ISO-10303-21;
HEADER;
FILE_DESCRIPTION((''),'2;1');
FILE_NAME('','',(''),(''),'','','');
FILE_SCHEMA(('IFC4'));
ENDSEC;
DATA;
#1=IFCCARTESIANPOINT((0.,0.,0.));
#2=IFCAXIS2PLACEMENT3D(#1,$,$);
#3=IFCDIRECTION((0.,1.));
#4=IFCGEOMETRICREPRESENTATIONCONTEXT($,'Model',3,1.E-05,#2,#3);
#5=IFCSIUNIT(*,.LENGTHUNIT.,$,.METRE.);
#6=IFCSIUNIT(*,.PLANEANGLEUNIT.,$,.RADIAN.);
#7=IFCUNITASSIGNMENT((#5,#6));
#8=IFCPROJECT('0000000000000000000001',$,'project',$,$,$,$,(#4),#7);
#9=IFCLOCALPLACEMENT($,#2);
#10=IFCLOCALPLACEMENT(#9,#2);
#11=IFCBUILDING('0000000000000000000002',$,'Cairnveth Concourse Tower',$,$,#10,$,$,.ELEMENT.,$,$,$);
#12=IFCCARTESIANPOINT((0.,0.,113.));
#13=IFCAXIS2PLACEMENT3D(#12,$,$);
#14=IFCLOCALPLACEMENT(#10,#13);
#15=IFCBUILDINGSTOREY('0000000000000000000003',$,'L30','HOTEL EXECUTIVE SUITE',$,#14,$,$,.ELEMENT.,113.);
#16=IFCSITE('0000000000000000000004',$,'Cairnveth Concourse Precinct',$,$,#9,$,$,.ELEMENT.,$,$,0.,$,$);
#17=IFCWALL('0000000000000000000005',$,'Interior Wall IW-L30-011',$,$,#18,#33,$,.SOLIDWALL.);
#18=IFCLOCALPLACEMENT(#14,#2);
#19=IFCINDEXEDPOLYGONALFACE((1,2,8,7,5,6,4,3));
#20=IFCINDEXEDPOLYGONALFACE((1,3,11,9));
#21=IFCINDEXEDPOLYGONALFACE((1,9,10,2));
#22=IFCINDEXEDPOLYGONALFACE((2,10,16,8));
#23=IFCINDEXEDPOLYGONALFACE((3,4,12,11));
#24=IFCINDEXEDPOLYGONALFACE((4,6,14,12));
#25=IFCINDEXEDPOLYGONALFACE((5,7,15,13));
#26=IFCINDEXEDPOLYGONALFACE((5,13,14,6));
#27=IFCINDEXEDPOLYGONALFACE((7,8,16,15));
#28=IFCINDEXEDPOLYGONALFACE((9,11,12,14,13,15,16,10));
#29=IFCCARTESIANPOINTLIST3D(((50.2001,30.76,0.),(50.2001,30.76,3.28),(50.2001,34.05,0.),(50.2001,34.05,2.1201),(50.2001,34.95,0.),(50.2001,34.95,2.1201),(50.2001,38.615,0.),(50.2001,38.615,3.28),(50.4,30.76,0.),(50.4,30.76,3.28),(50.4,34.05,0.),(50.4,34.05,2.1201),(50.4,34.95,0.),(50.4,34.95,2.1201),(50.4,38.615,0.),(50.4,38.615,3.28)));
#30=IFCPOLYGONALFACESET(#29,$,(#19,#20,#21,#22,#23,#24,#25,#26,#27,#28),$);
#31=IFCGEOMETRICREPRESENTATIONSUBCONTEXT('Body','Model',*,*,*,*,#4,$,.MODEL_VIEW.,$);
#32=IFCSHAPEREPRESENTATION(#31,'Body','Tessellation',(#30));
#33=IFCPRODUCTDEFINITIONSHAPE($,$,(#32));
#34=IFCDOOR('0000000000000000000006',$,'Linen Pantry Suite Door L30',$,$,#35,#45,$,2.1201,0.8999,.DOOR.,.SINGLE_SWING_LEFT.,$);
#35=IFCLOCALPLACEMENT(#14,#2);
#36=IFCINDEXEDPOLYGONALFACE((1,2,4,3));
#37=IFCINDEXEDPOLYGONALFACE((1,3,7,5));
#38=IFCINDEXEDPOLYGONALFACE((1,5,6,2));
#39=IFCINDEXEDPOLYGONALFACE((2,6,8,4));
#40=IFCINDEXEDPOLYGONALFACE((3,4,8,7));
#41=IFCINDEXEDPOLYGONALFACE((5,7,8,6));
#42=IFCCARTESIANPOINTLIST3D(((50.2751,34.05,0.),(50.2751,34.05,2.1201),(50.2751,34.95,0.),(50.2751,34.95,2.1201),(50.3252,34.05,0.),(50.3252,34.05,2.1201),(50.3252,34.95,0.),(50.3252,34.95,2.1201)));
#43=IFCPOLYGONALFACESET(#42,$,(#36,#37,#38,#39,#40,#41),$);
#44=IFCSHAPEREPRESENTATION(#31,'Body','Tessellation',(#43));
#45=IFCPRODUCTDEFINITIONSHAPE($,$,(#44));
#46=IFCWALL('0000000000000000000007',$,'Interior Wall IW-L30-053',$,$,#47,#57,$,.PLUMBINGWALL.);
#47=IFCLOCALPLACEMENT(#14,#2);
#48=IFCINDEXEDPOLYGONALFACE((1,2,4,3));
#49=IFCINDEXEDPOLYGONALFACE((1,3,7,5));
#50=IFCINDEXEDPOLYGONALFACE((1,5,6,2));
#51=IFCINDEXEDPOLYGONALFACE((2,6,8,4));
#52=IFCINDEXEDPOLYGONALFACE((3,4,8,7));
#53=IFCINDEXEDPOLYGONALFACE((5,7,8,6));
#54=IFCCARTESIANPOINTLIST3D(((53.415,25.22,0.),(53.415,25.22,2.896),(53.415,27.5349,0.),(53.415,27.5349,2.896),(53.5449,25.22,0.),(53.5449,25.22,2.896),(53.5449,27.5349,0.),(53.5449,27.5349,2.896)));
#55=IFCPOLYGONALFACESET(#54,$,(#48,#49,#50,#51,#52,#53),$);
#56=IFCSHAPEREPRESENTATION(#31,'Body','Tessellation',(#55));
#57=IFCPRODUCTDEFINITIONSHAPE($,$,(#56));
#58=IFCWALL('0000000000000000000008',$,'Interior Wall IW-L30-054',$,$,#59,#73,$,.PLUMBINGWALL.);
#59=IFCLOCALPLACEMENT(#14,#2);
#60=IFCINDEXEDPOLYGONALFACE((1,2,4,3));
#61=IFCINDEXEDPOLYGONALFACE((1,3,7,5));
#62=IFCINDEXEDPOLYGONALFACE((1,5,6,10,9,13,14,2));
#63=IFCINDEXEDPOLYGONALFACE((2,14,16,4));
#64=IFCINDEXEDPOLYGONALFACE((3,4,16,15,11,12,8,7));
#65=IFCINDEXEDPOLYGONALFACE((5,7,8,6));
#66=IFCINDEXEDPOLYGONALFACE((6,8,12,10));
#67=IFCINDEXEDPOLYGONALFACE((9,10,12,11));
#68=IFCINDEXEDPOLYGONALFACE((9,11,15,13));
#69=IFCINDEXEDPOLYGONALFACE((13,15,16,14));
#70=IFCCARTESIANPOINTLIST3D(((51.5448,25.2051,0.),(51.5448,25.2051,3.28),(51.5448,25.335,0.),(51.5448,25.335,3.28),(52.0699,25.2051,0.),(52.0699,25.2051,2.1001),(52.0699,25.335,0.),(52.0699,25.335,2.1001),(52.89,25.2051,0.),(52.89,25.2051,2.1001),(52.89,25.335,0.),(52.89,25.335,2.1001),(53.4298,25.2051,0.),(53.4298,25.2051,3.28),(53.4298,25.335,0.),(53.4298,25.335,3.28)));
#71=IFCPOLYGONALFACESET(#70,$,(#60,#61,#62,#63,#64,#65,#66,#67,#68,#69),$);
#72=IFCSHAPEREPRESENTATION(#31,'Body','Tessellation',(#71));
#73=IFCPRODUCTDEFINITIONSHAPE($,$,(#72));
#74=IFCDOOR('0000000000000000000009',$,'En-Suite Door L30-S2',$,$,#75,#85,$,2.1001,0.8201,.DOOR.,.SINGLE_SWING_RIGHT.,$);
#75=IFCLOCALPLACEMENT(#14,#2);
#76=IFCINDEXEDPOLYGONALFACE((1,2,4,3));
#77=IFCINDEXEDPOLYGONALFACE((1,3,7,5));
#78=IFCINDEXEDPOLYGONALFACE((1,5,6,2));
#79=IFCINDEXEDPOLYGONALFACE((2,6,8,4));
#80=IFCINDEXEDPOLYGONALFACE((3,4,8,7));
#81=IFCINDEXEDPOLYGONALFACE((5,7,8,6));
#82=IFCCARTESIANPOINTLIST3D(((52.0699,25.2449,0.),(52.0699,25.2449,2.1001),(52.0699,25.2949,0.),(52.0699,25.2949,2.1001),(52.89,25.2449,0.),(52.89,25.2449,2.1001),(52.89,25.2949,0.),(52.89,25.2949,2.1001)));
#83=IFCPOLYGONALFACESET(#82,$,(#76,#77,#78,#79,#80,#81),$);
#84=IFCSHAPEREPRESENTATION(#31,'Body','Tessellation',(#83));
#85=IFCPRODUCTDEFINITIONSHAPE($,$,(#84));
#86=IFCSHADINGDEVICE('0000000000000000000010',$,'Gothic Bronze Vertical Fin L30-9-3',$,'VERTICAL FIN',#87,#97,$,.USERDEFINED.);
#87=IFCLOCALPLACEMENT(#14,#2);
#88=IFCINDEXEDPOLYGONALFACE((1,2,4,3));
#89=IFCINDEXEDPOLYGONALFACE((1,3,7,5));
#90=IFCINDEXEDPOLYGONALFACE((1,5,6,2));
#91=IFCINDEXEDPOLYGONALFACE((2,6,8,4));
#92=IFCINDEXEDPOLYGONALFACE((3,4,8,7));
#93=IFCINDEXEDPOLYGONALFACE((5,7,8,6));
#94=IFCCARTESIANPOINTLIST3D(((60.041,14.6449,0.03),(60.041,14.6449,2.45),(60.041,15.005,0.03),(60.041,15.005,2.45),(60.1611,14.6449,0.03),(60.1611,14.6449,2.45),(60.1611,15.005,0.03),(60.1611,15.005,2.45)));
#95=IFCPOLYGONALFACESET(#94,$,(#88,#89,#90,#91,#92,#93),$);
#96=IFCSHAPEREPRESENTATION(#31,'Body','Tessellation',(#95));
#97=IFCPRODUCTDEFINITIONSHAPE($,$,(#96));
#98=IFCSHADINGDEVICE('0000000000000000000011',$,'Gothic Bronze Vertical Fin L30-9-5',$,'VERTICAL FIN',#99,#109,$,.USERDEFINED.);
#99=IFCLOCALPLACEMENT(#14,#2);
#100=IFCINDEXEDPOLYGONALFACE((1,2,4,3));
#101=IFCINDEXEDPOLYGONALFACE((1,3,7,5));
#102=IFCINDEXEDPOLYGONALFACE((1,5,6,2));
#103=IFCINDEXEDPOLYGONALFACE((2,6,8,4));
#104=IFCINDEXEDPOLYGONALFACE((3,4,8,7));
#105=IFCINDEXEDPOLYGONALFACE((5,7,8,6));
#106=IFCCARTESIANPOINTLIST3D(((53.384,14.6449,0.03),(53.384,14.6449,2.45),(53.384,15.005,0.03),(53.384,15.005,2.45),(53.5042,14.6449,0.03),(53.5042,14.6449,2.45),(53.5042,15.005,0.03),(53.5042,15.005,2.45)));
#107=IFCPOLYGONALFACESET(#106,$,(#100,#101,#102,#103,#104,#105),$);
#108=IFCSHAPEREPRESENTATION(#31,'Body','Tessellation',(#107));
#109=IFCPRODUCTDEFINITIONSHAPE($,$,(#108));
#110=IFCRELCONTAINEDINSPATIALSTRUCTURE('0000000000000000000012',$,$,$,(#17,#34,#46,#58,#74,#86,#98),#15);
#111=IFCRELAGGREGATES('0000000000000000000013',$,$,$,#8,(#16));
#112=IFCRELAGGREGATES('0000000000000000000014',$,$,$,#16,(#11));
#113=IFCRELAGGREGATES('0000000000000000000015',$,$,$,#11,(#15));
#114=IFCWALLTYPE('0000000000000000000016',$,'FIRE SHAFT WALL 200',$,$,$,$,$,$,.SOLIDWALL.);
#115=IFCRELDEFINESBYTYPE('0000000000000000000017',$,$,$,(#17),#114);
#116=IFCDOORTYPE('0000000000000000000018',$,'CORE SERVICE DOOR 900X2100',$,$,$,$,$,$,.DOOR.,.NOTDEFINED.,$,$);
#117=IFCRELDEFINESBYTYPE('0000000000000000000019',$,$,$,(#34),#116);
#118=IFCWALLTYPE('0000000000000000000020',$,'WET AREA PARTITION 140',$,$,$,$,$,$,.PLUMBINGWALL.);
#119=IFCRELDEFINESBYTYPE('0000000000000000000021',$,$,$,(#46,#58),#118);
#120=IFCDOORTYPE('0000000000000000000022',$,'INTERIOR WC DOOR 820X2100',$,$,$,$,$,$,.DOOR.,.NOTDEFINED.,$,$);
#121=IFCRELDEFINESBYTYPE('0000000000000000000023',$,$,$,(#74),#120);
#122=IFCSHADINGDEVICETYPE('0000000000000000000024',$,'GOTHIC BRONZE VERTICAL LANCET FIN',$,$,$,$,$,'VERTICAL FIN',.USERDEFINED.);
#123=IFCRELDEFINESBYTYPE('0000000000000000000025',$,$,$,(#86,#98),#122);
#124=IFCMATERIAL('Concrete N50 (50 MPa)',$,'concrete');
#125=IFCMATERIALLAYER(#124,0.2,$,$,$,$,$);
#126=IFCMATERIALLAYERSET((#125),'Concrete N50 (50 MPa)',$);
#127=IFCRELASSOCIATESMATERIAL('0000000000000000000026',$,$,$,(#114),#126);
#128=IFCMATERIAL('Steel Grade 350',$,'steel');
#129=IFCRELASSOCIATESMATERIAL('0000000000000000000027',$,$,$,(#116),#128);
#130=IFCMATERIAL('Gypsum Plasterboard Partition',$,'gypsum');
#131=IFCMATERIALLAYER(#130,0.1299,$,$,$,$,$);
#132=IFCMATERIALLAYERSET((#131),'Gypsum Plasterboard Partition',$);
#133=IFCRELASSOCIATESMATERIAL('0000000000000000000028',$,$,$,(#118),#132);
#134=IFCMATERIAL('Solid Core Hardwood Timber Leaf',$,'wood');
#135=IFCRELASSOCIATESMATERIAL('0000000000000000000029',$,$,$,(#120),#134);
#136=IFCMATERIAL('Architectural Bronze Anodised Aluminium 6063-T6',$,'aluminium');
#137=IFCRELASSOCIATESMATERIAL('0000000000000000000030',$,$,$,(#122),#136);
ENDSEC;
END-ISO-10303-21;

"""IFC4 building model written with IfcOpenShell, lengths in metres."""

from ifc_helpers import new_model, si_unit, direction, frame, frame_2d, origin, origin_2d, place, context, subcontext, project, spatial, rectangle, extrude, material, layer, layer_set, type_object, element, fill, save


model = new_model("IFC4")

# Units and contexts
model_context = context("Model", 3, precision=1e-05, world=origin(), true_north=direction((0.0, 1.0)))
body_context = subcontext(model_context, "Body", "Model", "MODEL_VIEW")
ifc_project = project(units=[si_unit("LENGTHUNIT", "METRE"), si_unit("PLANEANGLEUNIT", "RADIAN")], contexts=[model_context])

# Site, building, storey
site_placement = place(None, origin())
site = spatial("IfcSite", under=ifc_project, at=site_placement, Name="Cairnveth Concourse Precinct", CompositionType="ELEMENT", RefElevation=0.0)
building_placement = place(site_placement, origin())
building = spatial("IfcBuilding", under=site, at=building_placement, Name="Cairnveth Concourse Tower", CompositionType="ELEMENT")
storey_placement = place(building_placement, frame((0.0, 0.0, 113.0)))
storey = spatial("IfcBuildingStorey", under=building, at=storey_placement, Name="L30", Description="HOTEL EXECUTIVE SUITE", CompositionType="ELEMENT", Elevation=113.0)

# Shared definitions
ifc_material_1 = material(Name="Steel Grade 350", Category="steel")

# Shared definitions
ifc_material_2 = material(Name="Gypsum Plasterboard Partition", Category="gypsum")

# Wall, opening, door
ifc_material_3 = material(Name="Concrete N50 (50 MPa)", Category="concrete")
ifc_layer_1 = layer(ifc_material_3, 0.2)
ifc_layer_set_1 = layer_set([ifc_layer_1], Name="Concrete N50 (50 MPa)")
wall_type_1 = type_object("IfcWallType", Name="FIRE SHAFT WALL 200", PredefinedType="SOLIDWALL", material=ifc_layer_set_1)
wall_1_placement = place(storey_placement, frame((50.3, 30.76, 0.0), z_axis=(0.0, 0.0, 1.0), x_axis=(0.0, 1.0, 0.0)))
wall_1 = element("IfcWall", 1, at=wall_1_placement, inside=storey, type_object=wall_type_1, Name="Interior Wall IW-L30-011", PredefinedType="SOLIDWALL", context=body_context, shape_type="SweptSolid", body=[
    extrude(rectangle(XDim=7.855, YDim=0.2, at=frame_2d((3.9275, 0.0))), origin(), (0.0, 0.0, 1.0), 3.28),
])
opening_1_placement = place(wall_1_placement, frame((3.29, 0.0, 0.0)))
opening_1 = element("IfcOpeningElement", 2, at=opening_1_placement, cuts=wall_1, PredefinedType="OPENING", context=body_context, shape_type="SweptSolid", body=[
    extrude(rectangle(XDim=0.8999, YDim=2.1201, at=frame_2d((0.45, 1.0601))), frame((0.0, 0.1099, 0.0), z_axis=(0.0, -1.0, 0.0), x_axis=(1.0, 0.0, 0.0)), (0.0, 0.0, 1.0), 0.22),
])
door_type_1 = type_object("IfcDoorType", Name="CORE SERVICE DOOR 900X2100", OperationType="NOTDEFINED", PredefinedType="DOOR", material=ifc_material_1)
door_1_placement = place(opening_1_placement, origin())
door_1 = element("IfcDoor", 3, at=door_1_placement, inside=storey, type_object=door_type_1, Name="Linen Pantry Suite Door L30", OperationType="SINGLE_SWING_LEFT", OverallHeight=2.1201, OverallWidth=0.8999, PredefinedType="DOOR", context=body_context, shape_type="SweptSolid", body=[
    extrude(rectangle(XDim=0.8999, YDim=2.1201, at=frame_2d((0.45, 1.0601))), frame((0.0, 0.0249, 0.0), z_axis=(0.0, -1.0, 0.0), x_axis=(1.0, 0.0, 0.0)), (0.0, 0.0, 1.0), 0.05),
])
fill(opening_1, door_1)

# Wall
ifc_layer_2 = layer(ifc_material_2, 0.1299)
ifc_layer_set_2 = layer_set([ifc_layer_2], Name="Gypsum Plasterboard Partition")
wall_type_2 = type_object("IfcWallType", Name="WET AREA PARTITION 140", PredefinedType="PLUMBINGWALL", material=ifc_layer_set_2)
wall_2_placement = place(storey_placement, frame((53.48, 25.22, 0.0), z_axis=(0.0, 0.0, 1.0), x_axis=(0.0, 1.0, 0.0)))
element("IfcWall", 4, at=wall_2_placement, inside=storey, type_object=wall_type_2, Name="Interior Wall IW-L30-053", PredefinedType="PLUMBINGWALL", context=body_context, shape_type="SweptSolid", body=[
    extrude(rectangle(XDim=2.3149, YDim=0.1299, at=frame_2d((1.1575, 0.0))), origin(), (0.0, 0.0, 1.0), 2.896),
])

# Wall, opening, door
wall_3_placement = place(storey_placement, frame((51.5449, 25.27, 0.0), z_axis=(0.0, 0.0, 1.0), x_axis=(1.0, 0.0, 0.0)))
wall_3 = element("IfcWall", 5, at=wall_3_placement, inside=storey, type_object=wall_type_2, Name="Interior Wall IW-L30-054", PredefinedType="PLUMBINGWALL", context=body_context, shape_type="SweptSolid", body=[
    extrude(rectangle(XDim=1.885, YDim=0.1299, at=frame_2d((0.9424, 0.0))), origin(), (0.0, 0.0, 1.0), 3.28),
])
opening_2_placement = place(wall_3_placement, frame((0.5249, 0.0, 0.0)))
opening_2 = element("IfcOpeningElement", 6, at=opening_2_placement, cuts=wall_3, PredefinedType="OPENING", context=body_context, shape_type="SweptSolid", body=[
    extrude(rectangle(XDim=0.8201, YDim=2.1001, at=frame_2d((0.4102, 1.05))), frame((0.0, 0.075, 0.0), z_axis=(0.0, -1.0, 0.0), x_axis=(1.0, 0.0, 0.0)), (0.0, 0.0, 1.0), 0.1499),
])
ifc_material_4 = material(Name="Solid Core Hardwood Timber Leaf", Category="wood")
door_type_2 = type_object("IfcDoorType", Name="INTERIOR WC DOOR 820X2100", OperationType="NOTDEFINED", PredefinedType="DOOR", material=ifc_material_4)
door_2_placement = place(opening_2_placement, origin())
door_2 = element("IfcDoor", 7, at=door_2_placement, inside=storey, type_object=door_type_2, Name="En-Suite Door L30-S2", OperationType="SINGLE_SWING_RIGHT", OverallHeight=2.1001, OverallWidth=0.8201, PredefinedType="DOOR", context=body_context, shape_type="SweptSolid", body=[
    extrude(rectangle(XDim=0.8201, YDim=2.1001, at=frame_2d((0.4102, 1.05))), frame((0.0, 0.0249, 0.0), z_axis=(0.0, -1.0, 0.0), x_axis=(1.0, 0.0, 0.0)), (0.0, 0.0, 1.0), 0.05),
])
fill(opening_2, door_2)

# Shading devices
ifc_material_5 = material(Name="Architectural Bronze Anodised Aluminium 6063-T6", Category="aluminium")
shading_device_type = type_object("IfcShadingDeviceType", Name="GOTHIC BRONZE VERTICAL LANCET FIN", ElementType="VERTICAL FIN", PredefinedType="USERDEFINED", material=ifc_material_5)
for number, where, z_axis, x_axis, name in (
    (8, (60.1011, 14.825, 0.03), (0.0, 0.0, 1.0), (1.0, 0.0, 0.0), "Gothic Bronze Vertical Fin L30-9-3"),
    (9, (53.4441, 14.825, 0.03), (0.0, 0.0, 1.0), (1.0, 0.0, 0.0), "Gothic Bronze Vertical Fin L30-9-5"),
):
    element("IfcShadingDevice", number, at=place(storey_placement, frame(where, z_axis=z_axis, x_axis=x_axis)), inside=storey, type_object=shading_device_type, Name=name, ObjectType="VERTICAL FIN", PredefinedType="USERDEFINED", context=body_context, shape_type="SweptSolid", body=[
        extrude(rectangle(XDim=0.1201, YDim=0.3601, at=origin_2d()), origin(), (0.0, 0.0, 1.0), 2.4199),
    ])

save(model, "model.ifc")
